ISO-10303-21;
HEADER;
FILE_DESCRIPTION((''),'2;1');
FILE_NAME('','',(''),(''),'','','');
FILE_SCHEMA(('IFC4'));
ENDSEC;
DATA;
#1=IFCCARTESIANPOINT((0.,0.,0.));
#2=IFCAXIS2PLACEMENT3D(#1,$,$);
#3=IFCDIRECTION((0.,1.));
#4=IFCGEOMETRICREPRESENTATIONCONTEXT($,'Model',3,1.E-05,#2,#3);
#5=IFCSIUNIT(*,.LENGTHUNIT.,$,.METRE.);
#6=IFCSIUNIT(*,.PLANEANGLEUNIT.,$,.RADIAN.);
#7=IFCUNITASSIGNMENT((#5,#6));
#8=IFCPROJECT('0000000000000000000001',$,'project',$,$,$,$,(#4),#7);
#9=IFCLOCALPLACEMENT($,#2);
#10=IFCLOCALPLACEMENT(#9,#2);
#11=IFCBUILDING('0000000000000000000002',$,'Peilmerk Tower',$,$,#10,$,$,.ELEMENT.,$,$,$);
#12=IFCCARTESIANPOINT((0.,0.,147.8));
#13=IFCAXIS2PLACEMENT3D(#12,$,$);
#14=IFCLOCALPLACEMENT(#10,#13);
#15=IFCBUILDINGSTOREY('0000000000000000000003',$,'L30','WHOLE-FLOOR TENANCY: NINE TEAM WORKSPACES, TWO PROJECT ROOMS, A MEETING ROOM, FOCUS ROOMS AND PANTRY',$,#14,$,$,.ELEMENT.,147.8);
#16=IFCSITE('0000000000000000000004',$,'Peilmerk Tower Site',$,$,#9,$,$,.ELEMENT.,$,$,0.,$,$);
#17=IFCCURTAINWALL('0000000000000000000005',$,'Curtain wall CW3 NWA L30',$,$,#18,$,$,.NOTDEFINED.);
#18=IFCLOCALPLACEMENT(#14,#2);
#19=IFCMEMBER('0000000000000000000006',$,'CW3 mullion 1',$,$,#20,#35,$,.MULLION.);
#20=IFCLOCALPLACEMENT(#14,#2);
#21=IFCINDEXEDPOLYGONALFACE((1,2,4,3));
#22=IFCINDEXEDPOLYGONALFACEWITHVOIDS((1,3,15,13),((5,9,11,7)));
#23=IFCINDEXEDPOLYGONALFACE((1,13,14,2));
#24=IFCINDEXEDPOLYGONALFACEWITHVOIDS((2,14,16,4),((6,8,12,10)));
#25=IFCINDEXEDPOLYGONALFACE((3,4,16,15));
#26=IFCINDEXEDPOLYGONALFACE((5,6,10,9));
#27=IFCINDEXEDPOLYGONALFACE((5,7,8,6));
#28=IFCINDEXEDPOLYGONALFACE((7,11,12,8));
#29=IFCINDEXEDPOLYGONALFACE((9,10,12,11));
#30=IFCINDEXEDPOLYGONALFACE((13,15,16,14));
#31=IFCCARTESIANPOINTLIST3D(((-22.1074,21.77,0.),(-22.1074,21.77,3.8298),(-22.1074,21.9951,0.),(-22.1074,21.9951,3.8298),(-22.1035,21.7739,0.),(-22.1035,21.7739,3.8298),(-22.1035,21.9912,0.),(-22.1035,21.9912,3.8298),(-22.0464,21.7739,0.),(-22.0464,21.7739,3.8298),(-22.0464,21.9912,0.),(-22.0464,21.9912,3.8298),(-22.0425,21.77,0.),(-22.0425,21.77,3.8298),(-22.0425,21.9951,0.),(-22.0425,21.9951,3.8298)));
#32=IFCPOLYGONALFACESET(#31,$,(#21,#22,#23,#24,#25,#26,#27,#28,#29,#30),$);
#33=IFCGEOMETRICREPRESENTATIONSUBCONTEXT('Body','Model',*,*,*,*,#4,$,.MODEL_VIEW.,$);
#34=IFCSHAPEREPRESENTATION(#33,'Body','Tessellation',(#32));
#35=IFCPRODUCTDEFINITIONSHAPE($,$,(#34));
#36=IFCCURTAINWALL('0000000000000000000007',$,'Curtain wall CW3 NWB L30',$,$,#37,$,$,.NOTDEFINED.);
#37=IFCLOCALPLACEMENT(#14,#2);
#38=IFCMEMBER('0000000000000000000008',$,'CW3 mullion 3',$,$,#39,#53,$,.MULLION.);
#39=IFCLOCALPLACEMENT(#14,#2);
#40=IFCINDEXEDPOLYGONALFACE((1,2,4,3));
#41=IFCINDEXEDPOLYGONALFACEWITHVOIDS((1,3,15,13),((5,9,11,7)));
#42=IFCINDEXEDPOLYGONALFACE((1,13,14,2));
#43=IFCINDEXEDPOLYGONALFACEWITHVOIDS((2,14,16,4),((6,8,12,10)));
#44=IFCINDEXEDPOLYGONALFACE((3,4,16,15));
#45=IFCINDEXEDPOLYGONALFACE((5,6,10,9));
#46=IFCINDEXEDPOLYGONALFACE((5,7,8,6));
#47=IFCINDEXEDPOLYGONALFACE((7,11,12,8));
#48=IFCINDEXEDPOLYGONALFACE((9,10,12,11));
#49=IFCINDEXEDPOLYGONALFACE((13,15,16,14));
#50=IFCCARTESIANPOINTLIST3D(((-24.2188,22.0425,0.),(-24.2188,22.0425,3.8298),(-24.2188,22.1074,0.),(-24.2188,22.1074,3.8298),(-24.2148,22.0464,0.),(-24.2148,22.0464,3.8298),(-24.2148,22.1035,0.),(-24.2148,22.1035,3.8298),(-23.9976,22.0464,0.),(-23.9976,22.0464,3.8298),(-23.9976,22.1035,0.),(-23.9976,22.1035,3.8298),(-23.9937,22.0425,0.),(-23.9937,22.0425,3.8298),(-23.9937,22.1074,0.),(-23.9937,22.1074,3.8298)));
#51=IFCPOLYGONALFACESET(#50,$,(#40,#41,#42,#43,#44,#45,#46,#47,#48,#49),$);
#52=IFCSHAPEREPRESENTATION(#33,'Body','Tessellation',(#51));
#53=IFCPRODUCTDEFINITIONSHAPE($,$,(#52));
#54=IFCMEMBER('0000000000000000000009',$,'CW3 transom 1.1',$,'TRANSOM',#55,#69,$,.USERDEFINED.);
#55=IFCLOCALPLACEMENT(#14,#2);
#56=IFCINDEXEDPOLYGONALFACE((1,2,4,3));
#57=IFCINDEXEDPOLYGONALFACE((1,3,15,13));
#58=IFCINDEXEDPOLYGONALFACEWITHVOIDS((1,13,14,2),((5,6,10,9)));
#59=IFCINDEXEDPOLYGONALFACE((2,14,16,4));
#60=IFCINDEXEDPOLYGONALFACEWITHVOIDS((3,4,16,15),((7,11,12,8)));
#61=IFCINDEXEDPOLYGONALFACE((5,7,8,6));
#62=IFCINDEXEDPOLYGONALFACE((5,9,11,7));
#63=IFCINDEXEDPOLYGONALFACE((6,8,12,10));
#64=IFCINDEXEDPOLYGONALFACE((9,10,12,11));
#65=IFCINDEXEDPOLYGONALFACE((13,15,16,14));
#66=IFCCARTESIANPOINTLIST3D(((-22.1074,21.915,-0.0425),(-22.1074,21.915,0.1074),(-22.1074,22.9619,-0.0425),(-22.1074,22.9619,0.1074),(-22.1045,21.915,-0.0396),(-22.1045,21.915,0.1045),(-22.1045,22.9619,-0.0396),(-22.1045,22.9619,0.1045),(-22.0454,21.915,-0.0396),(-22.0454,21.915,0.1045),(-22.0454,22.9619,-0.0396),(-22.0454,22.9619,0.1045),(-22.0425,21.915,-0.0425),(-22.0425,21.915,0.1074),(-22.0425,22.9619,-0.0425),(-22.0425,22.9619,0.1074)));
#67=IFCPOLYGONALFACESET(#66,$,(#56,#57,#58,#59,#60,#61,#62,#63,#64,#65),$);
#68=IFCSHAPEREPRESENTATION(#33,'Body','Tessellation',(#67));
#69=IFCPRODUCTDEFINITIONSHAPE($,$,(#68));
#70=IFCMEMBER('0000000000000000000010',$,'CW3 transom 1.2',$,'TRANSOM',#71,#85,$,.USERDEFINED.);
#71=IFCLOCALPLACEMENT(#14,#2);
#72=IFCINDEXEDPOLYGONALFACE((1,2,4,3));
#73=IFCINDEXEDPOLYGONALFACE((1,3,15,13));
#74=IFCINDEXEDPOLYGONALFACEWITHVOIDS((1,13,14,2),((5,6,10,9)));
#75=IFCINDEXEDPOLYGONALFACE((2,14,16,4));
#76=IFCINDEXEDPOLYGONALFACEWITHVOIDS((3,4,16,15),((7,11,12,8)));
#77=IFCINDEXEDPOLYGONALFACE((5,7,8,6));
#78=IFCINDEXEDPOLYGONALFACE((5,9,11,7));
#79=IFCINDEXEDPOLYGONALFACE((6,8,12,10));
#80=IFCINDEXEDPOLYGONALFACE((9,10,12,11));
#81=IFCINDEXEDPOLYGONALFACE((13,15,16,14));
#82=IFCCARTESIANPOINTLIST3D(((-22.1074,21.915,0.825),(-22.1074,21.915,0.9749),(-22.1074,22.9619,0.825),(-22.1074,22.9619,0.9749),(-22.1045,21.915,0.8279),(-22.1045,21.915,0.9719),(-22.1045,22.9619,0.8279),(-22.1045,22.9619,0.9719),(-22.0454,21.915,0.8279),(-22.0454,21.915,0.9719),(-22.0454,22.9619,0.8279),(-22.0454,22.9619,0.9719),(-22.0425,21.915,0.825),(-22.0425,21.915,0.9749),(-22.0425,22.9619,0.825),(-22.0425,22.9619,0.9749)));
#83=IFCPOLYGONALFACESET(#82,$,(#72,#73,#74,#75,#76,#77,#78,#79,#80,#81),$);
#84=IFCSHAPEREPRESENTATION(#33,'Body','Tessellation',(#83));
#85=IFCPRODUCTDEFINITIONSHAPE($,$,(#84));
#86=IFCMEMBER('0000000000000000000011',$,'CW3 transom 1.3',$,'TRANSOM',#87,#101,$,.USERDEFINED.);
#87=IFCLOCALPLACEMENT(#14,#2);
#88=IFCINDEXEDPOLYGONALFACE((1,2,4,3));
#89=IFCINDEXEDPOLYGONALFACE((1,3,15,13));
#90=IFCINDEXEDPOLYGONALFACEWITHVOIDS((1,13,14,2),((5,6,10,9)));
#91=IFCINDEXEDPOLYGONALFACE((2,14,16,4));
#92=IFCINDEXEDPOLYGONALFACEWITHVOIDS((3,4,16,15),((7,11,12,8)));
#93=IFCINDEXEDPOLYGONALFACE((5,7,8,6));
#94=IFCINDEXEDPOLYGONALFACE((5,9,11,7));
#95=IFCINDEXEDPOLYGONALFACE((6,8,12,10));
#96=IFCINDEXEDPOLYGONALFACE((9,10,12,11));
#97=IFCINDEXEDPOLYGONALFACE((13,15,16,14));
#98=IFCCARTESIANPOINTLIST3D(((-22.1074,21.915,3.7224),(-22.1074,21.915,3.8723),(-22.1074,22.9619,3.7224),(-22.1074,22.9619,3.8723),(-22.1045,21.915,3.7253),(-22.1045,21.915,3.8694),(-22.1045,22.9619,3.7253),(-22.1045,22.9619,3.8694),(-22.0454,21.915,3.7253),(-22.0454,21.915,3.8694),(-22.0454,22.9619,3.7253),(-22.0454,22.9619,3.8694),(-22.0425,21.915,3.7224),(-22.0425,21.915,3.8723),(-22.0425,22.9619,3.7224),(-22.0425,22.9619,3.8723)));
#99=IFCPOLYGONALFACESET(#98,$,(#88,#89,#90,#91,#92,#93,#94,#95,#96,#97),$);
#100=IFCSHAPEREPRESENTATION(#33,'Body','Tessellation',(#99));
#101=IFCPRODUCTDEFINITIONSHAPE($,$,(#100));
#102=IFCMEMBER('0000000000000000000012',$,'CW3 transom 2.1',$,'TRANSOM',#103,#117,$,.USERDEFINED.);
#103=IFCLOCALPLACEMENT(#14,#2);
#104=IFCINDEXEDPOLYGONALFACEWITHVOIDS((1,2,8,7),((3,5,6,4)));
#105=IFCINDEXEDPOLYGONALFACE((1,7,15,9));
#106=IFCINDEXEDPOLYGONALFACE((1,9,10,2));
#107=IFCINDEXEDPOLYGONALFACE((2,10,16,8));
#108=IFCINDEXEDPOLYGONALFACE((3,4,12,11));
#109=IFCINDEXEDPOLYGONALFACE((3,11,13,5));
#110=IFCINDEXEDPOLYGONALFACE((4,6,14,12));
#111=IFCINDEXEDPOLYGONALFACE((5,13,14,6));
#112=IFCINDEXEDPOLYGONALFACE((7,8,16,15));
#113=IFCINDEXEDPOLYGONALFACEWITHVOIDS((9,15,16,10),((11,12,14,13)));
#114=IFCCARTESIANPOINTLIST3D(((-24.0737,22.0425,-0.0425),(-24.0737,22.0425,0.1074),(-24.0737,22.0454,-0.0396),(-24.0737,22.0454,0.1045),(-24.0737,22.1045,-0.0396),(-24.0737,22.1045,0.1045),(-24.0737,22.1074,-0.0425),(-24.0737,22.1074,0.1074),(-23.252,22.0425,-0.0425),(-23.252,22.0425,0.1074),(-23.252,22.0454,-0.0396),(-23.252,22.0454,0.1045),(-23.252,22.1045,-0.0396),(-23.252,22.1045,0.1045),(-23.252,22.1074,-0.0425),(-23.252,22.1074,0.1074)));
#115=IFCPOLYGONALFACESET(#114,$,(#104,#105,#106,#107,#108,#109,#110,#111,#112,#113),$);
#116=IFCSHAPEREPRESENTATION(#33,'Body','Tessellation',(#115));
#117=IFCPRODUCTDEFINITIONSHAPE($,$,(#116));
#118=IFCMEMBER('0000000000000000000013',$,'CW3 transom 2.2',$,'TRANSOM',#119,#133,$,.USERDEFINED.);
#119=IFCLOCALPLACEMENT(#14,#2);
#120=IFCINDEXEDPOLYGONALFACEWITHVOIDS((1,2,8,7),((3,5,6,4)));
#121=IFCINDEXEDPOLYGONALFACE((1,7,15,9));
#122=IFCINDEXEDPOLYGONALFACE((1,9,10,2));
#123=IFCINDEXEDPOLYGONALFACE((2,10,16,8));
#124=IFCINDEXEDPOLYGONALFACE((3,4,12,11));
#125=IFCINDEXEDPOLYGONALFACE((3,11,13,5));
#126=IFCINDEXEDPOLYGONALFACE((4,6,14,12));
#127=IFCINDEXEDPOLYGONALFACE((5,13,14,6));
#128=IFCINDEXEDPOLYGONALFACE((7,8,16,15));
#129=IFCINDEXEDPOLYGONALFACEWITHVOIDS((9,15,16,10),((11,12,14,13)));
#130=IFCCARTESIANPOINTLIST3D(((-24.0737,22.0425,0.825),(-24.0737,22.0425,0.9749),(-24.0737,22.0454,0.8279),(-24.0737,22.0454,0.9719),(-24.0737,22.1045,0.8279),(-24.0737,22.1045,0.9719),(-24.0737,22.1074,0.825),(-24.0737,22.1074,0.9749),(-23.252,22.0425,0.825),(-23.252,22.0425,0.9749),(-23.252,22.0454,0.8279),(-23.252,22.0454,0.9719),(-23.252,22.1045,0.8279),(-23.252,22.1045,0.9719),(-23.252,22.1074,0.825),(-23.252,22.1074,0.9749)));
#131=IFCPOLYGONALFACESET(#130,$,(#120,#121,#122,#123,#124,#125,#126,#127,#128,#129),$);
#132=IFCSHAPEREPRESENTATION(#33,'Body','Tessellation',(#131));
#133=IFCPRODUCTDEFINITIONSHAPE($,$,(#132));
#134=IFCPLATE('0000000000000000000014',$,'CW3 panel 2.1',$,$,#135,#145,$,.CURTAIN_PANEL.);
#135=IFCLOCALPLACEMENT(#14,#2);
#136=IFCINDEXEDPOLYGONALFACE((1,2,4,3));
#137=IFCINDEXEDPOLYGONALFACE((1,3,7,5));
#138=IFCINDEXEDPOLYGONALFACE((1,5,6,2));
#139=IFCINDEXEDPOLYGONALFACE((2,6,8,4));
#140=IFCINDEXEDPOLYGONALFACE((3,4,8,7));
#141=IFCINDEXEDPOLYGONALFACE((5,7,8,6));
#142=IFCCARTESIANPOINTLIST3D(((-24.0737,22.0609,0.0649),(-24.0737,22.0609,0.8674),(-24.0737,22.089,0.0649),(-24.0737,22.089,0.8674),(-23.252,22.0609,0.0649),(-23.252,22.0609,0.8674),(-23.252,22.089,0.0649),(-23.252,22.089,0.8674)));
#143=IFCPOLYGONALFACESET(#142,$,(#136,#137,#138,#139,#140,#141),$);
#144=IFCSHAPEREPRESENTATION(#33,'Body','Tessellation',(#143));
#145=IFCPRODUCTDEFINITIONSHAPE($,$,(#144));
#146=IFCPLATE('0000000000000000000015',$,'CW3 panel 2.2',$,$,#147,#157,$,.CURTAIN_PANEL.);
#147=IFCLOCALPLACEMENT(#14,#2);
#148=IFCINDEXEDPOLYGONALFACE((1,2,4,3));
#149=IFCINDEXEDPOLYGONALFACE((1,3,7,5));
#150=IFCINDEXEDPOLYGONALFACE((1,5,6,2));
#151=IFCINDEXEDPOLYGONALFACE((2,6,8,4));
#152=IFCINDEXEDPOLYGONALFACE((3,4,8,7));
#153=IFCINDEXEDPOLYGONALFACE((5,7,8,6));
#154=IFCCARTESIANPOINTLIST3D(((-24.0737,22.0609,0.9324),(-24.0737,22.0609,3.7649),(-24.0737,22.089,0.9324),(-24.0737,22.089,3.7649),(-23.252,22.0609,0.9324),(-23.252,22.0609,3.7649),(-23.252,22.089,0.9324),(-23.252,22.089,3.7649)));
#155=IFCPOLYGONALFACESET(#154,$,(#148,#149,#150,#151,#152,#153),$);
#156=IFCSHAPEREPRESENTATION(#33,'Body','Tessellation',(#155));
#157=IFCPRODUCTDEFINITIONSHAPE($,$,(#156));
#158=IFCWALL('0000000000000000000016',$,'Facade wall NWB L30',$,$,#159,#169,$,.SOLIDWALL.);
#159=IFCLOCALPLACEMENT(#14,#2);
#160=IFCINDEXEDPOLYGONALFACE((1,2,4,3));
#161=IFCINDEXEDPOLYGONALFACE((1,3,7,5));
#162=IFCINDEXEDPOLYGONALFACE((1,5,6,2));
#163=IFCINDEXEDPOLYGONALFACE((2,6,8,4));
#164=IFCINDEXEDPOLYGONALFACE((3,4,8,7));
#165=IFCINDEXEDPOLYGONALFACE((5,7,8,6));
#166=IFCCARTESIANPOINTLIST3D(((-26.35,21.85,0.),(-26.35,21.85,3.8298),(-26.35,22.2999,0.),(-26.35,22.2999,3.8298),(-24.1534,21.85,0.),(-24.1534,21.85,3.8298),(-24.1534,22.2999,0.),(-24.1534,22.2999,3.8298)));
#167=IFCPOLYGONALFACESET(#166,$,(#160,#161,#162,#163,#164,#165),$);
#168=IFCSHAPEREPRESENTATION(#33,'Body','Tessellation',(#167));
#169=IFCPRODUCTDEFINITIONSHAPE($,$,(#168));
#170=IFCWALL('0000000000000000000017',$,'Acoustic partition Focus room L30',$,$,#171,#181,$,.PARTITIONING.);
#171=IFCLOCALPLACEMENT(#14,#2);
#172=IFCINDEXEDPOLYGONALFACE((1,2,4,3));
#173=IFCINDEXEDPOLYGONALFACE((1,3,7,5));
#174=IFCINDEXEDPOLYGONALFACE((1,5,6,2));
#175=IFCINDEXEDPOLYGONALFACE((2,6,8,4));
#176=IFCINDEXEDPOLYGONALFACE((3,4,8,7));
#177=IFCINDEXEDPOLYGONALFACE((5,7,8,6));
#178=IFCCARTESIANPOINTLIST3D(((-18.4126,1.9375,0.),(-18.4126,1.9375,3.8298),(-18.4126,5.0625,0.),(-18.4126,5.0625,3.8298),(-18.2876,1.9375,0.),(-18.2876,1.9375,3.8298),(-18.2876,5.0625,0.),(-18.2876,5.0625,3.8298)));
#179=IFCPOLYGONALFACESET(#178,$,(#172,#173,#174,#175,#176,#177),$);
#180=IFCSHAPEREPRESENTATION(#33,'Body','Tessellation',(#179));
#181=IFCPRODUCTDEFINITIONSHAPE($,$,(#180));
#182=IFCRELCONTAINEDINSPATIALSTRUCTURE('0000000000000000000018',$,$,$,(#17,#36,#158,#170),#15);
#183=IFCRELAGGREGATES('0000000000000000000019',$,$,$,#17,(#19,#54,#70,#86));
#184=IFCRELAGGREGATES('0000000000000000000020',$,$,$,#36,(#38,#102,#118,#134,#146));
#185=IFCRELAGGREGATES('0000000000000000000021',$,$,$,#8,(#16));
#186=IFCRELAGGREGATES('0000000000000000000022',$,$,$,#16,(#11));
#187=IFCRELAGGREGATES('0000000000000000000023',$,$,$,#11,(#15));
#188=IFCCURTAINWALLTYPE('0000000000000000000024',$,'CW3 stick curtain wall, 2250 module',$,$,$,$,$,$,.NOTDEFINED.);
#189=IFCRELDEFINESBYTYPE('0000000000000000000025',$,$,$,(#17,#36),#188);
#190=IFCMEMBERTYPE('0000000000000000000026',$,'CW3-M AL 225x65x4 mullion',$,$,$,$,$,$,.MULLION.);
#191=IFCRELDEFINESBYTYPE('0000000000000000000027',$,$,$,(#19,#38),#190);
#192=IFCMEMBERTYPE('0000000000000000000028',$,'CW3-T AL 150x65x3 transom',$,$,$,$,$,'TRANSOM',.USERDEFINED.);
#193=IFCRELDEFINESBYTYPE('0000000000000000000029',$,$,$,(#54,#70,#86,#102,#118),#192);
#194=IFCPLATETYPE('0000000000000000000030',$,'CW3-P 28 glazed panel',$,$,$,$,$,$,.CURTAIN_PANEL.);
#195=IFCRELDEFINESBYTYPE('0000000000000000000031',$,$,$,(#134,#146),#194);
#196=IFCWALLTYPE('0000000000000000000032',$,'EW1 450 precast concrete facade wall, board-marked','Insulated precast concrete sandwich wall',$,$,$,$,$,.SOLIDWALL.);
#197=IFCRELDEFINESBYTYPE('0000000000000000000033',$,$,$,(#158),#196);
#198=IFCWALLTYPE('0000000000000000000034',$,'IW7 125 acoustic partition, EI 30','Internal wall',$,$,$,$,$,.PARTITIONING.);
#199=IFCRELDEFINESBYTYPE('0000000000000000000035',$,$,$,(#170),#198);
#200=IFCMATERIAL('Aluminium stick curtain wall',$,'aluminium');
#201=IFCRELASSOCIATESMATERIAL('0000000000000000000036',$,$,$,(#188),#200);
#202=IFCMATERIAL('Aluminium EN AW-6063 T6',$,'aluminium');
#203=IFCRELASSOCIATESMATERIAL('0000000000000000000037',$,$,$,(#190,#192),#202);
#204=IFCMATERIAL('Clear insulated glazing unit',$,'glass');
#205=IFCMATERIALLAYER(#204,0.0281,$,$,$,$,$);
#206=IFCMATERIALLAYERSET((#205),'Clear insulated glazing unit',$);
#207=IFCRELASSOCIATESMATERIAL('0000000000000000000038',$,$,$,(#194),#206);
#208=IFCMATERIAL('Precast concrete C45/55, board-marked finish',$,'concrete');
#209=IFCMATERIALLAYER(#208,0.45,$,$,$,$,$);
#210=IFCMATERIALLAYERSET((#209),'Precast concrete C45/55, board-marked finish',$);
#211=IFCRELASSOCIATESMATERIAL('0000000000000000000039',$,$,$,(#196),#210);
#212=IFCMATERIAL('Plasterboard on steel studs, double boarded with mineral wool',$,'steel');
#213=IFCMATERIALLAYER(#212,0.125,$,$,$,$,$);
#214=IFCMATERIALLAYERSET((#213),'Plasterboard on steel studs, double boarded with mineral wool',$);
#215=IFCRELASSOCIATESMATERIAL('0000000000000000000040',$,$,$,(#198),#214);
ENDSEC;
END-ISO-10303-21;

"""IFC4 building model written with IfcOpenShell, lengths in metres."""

from ifc_helpers import new_model, si_unit, direction, frame, frame_2d, origin, origin_2d, place, context, subcontext, project, spatial, rectangle, hollow_rectangle, extrude, material, layer, layer_set, material_profile, profile_set, type_object, element, aggregate, save


model = new_model("IFC4")

# Units and contexts
model_context = context("Model", 3, precision=1e-05, world=origin(), true_north=direction((0.0, 1.0)))
body_context = subcontext(model_context, "Body", "Model", "MODEL_VIEW")
ifc_project = project(units=[si_unit("LENGTHUNIT", "METRE"), si_unit("PLANEANGLEUNIT", "RADIAN")], contexts=[model_context])

# Site, building, storey
site_placement = place(None, origin())
site = spatial("IfcSite", under=ifc_project, at=site_placement, Name="Peilmerk Tower Site", CompositionType="ELEMENT", RefElevation=0.0)
building_placement = place(site_placement, origin())
building = spatial("IfcBuilding", under=site, at=building_placement, Name="Peilmerk Tower", CompositionType="ELEMENT")
storey_placement = place(building_placement, frame((0.0, 0.0, 147.8)))
storey = spatial("IfcBuildingStorey", under=building, at=storey_placement, Name="L30", Description="WHOLE-FLOOR TENANCY: NINE TEAM WORKSPACES, TWO PROJECT ROOMS, A MEETING ROOM, FOCUS ROOMS AND PANTRY", CompositionType="ELEMENT", Elevation=147.8)

# Curtain walls, members
ifc_material_1 = material(Name="Aluminium stick curtain wall", Category="aluminium")
curtain_wall_type = type_object("IfcCurtainWallType", Name="CW3 stick curtain wall, 2250 module", PredefinedType="NOTDEFINED", material=ifc_material_1)
curtain_wall_1_placement = place(storey_placement, origin())
curtain_wall_1 = element("IfcCurtainWall", 1, at=curtain_wall_1_placement, inside=storey, type_object=curtain_wall_type, Name="Curtain wall CW3 NWA L30", PredefinedType="NOTDEFINED")
ifc_material_2 = material(Name="Aluminium EN AW-6063 T6", Category="aluminium")
ifc_material_profile_1 = material_profile(ifc_material_2, hollow_rectangle(XDim=0.0649, YDim=0.2251, WallThickness=0.0039, at=origin_2d()), Name="AL 225x65x4")
ifc_profile_set_1 = profile_set([ifc_material_profile_1], Name="Aluminium EN AW-6063 T6")
member_type_1 = type_object("IfcMemberType", Name="CW3-M AL 225x65x4 mullion", PredefinedType="MULLION", material=ifc_profile_set_1)
member_1_placement = place(storey_placement, frame((-22.075, 21.8826, 0.0), z_axis=(0.0, 0.0, 1.0), x_axis=(-1.0, 0.0, 0.0)))
member_1 = element("IfcMember", 2, at=member_1_placement, type_object=member_type_1, Name="CW3 mullion 1", PredefinedType="MULLION", context=body_context, shape_type="SweptSolid", body=[
    extrude(hollow_rectangle(XDim=0.0649, YDim=0.2251, WallThickness=0.0039, at=origin_2d()), origin(), (0.0, 0.0, 1.0), 3.8298),
])
curtain_wall_2_placement = place(storey_placement, origin())
curtain_wall_2 = element("IfcCurtainWall", 3, at=curtain_wall_2_placement, inside=storey, type_object=curtain_wall_type, Name="Curtain wall CW3 NWB L30", PredefinedType="NOTDEFINED")
member_2_placement = place(storey_placement, frame((-24.1062, 22.075, 0.0), z_axis=(0.0, 0.0, 1.0), x_axis=(0.0, -1.0, 0.0)))
member_2 = element("IfcMember", 4, at=member_2_placement, type_object=member_type_1, Name="CW3 mullion 3", PredefinedType="MULLION", context=body_context, shape_type="SweptSolid", body=[
    extrude(hollow_rectangle(XDim=0.0649, YDim=0.2251, WallThickness=0.0039, at=origin_2d()), origin(), (0.0, 0.0, 1.0), 3.8298),
])

# Members
ifc_material_profile_2 = material_profile(ifc_material_2, hollow_rectangle(XDim=0.0649, YDim=0.1499, WallThickness=0.0029, at=origin_2d()), Name="AL 150x65x3")
ifc_profile_set_2 = profile_set([ifc_material_profile_2], Name="Aluminium EN AW-6063 T6")
member_type_2 = type_object("IfcMemberType", Name="CW3-T AL 150x65x3 transom", ElementType="TRANSOM", PredefinedType="USERDEFINED", material=ifc_profile_set_2)
member_3_placement = place(storey_placement, frame((-22.075, 21.915, 0.0325), z_axis=(0.0, 1.0, 0.0), x_axis=(-1.0, 0.0, 0.0)))
member_3 = element("IfcMember", 5, at=member_3_placement, type_object=member_type_2, Name="CW3 transom 1.1", ObjectType="TRANSOM", PredefinedType="USERDEFINED", context=body_context, shape_type="SweptSolid", body=[
    extrude(hollow_rectangle(XDim=0.0649, YDim=0.1499, WallThickness=0.0029, at=origin_2d()), origin(), (0.0, 0.0, 1.0), 1.0469),
])
member_4_placement = place(storey_placement, frame((-22.075, 21.915, 0.8999), z_axis=(0.0, 1.0, 0.0), x_axis=(-1.0, 0.0, 0.0)))
member_4 = element("IfcMember", 6, at=member_4_placement, type_object=member_type_2, Name="CW3 transom 1.2", ObjectType="TRANSOM", PredefinedType="USERDEFINED", context=body_context, shape_type="SweptSolid", body=[
    extrude(hollow_rectangle(XDim=0.0649, YDim=0.1499, WallThickness=0.0029, at=origin_2d()), origin(), (0.0, 0.0, 1.0), 1.0469),
])
member_5_placement = place(storey_placement, frame((-22.075, 21.915, 3.7974), z_axis=(0.0, 1.0, 0.0), x_axis=(-1.0, 0.0, 0.0)))
member_5 = element("IfcMember", 7, at=member_5_placement, type_object=member_type_2, Name="CW3 transom 1.3", ObjectType="TRANSOM", PredefinedType="USERDEFINED", context=body_context, shape_type="SweptSolid", body=[
    extrude(hollow_rectangle(XDim=0.0649, YDim=0.1499, WallThickness=0.0029, at=origin_2d()), origin(), (0.0, 0.0, 1.0), 1.0469),
])
aggregate(curtain_wall_1, [member_1, member_3, member_4, member_5])
member_6_placement = place(storey_placement, frame((-23.252, 22.075, 0.0325), z_axis=(-1.0, 0.0, 0.0), x_axis=(0.0, -1.0, 0.0)))
member_6 = element("IfcMember", 8, at=member_6_placement, type_object=member_type_2, Name="CW3 transom 2.1", ObjectType="TRANSOM", PredefinedType="USERDEFINED", context=body_context, shape_type="SweptSolid", body=[
    extrude(hollow_rectangle(XDim=0.0649, YDim=0.1499, WallThickness=0.0029, at=origin_2d()), origin(), (0.0, 0.0, 1.0), 0.8218),
])
member_7_placement = place(storey_placement, frame((-23.252, 22.075, 0.8999), z_axis=(-1.0, 0.0, 0.0), x_axis=(0.0, -1.0, 0.0)))
member_7 = element("IfcMember", 9, at=member_7_placement, type_object=member_type_2, Name="CW3 transom 2.2", ObjectType="TRANSOM", PredefinedType="USERDEFINED", context=body_context, shape_type="SweptSolid", body=[
    extrude(hollow_rectangle(XDim=0.0649, YDim=0.1499, WallThickness=0.0029, at=origin_2d()), origin(), (0.0, 0.0, 1.0), 0.8218),
])

# Plates
ifc_material_3 = material(Name="Clear insulated glazing unit", Category="glass")
ifc_layer_1 = layer(ifc_material_3, 0.0281)
ifc_layer_set_1 = layer_set([ifc_layer_1], Name="Clear insulated glazing unit")
plate_type = type_object("IfcPlateType", Name="CW3-P 28 glazed panel", PredefinedType="CURTAIN_PANEL", material=ifc_layer_set_1)
plate_1_placement = place(storey_placement, frame((-23.6628, 22.075, 0.0649), z_axis=(0.0, 0.0, 1.0), x_axis=(-1.0, 0.0, 0.0)))
plate_1 = element("IfcPlate", 10, at=plate_1_placement, type_object=plate_type, Name="CW3 panel 2.1", PredefinedType="CURTAIN_PANEL", context=body_context, shape_type="SweptSolid", body=[
    extrude(rectangle(XDim=0.8218, YDim=0.0281, at=origin_2d()), origin(), (0.0, 0.0, 1.0), 0.8025),
])
plate_2_placement = place(storey_placement, frame((-23.6628, 22.075, 0.9324), z_axis=(0.0, 0.0, 1.0), x_axis=(-1.0, 0.0, 0.0)))
plate_2 = element("IfcPlate", 11, at=plate_2_placement, type_object=plate_type, Name="CW3 panel 2.2", PredefinedType="CURTAIN_PANEL", context=body_context, shape_type="SweptSolid", body=[
    extrude(rectangle(XDim=0.8218, YDim=0.0281, at=origin_2d()), origin(), (0.0, 0.0, 1.0), 2.8325),
])
aggregate(curtain_wall_2, [member_2, member_6, member_7, plate_1, plate_2])

# Walls
ifc_material_4 = material(Name="Precast concrete C45/55, board-marked finish", Category="concrete")
ifc_layer_2 = layer(ifc_material_4, 0.45)
ifc_layer_set_2 = layer_set([ifc_layer_2], Name="Precast concrete C45/55, board-marked finish")
wall_type_1 = type_object("IfcWallType", Name="EW1 450 precast concrete facade wall, board-marked", Description="Insulated precast concrete sandwich wall", PredefinedType="SOLIDWALL", material=ifc_layer_set_2)
wall_1_placement = place(storey_placement, frame((-24.1536, 22.075, 0.0), z_axis=(0.0, 0.0, 1.0), x_axis=(-1.0, 0.0, 0.0)))
element("IfcWall", 12, at=wall_1_placement, inside=storey, type_object=wall_type_1, Name="Facade wall NWB L30", PredefinedType="SOLIDWALL", context=body_context, shape_type="SweptSolid", body=[
    extrude(rectangle(XDim=2.1965, YDim=0.45, at=frame_2d((1.0981, 0.0))), origin(), (0.0, 0.0, 1.0), 3.8298),
])
ifc_material_5 = material(Name="Plasterboard on steel studs, double boarded with mineral wool", Category="steel")
ifc_layer_3 = layer(ifc_material_5, 0.125)
ifc_layer_set_3 = layer_set([ifc_layer_3], Name="Plasterboard on steel studs, double boarded with mineral wool")
wall_type_2 = type_object("IfcWallType", Name="IW7 125 acoustic partition, EI 30", Description="Internal wall", PredefinedType="PARTITIONING", material=ifc_layer_set_3)
wall_2_placement = place(storey_placement, frame((-18.3501, 1.9375, 0.0), z_axis=(0.0, 0.0, 1.0), x_axis=(0.0, 1.0, 0.0)))
element("IfcWall", 13, at=wall_2_placement, inside=storey, type_object=wall_type_2, Name="Acoustic partition Focus room L30", PredefinedType="PARTITIONING", context=body_context, shape_type="SweptSolid", body=[
    extrude(rectangle(XDim=3.125, YDim=0.125, at=frame_2d((1.5625, 0.0))), origin(), (0.0, 0.0, 1.0), 3.8298),
])

save(model, "model.ifc")
